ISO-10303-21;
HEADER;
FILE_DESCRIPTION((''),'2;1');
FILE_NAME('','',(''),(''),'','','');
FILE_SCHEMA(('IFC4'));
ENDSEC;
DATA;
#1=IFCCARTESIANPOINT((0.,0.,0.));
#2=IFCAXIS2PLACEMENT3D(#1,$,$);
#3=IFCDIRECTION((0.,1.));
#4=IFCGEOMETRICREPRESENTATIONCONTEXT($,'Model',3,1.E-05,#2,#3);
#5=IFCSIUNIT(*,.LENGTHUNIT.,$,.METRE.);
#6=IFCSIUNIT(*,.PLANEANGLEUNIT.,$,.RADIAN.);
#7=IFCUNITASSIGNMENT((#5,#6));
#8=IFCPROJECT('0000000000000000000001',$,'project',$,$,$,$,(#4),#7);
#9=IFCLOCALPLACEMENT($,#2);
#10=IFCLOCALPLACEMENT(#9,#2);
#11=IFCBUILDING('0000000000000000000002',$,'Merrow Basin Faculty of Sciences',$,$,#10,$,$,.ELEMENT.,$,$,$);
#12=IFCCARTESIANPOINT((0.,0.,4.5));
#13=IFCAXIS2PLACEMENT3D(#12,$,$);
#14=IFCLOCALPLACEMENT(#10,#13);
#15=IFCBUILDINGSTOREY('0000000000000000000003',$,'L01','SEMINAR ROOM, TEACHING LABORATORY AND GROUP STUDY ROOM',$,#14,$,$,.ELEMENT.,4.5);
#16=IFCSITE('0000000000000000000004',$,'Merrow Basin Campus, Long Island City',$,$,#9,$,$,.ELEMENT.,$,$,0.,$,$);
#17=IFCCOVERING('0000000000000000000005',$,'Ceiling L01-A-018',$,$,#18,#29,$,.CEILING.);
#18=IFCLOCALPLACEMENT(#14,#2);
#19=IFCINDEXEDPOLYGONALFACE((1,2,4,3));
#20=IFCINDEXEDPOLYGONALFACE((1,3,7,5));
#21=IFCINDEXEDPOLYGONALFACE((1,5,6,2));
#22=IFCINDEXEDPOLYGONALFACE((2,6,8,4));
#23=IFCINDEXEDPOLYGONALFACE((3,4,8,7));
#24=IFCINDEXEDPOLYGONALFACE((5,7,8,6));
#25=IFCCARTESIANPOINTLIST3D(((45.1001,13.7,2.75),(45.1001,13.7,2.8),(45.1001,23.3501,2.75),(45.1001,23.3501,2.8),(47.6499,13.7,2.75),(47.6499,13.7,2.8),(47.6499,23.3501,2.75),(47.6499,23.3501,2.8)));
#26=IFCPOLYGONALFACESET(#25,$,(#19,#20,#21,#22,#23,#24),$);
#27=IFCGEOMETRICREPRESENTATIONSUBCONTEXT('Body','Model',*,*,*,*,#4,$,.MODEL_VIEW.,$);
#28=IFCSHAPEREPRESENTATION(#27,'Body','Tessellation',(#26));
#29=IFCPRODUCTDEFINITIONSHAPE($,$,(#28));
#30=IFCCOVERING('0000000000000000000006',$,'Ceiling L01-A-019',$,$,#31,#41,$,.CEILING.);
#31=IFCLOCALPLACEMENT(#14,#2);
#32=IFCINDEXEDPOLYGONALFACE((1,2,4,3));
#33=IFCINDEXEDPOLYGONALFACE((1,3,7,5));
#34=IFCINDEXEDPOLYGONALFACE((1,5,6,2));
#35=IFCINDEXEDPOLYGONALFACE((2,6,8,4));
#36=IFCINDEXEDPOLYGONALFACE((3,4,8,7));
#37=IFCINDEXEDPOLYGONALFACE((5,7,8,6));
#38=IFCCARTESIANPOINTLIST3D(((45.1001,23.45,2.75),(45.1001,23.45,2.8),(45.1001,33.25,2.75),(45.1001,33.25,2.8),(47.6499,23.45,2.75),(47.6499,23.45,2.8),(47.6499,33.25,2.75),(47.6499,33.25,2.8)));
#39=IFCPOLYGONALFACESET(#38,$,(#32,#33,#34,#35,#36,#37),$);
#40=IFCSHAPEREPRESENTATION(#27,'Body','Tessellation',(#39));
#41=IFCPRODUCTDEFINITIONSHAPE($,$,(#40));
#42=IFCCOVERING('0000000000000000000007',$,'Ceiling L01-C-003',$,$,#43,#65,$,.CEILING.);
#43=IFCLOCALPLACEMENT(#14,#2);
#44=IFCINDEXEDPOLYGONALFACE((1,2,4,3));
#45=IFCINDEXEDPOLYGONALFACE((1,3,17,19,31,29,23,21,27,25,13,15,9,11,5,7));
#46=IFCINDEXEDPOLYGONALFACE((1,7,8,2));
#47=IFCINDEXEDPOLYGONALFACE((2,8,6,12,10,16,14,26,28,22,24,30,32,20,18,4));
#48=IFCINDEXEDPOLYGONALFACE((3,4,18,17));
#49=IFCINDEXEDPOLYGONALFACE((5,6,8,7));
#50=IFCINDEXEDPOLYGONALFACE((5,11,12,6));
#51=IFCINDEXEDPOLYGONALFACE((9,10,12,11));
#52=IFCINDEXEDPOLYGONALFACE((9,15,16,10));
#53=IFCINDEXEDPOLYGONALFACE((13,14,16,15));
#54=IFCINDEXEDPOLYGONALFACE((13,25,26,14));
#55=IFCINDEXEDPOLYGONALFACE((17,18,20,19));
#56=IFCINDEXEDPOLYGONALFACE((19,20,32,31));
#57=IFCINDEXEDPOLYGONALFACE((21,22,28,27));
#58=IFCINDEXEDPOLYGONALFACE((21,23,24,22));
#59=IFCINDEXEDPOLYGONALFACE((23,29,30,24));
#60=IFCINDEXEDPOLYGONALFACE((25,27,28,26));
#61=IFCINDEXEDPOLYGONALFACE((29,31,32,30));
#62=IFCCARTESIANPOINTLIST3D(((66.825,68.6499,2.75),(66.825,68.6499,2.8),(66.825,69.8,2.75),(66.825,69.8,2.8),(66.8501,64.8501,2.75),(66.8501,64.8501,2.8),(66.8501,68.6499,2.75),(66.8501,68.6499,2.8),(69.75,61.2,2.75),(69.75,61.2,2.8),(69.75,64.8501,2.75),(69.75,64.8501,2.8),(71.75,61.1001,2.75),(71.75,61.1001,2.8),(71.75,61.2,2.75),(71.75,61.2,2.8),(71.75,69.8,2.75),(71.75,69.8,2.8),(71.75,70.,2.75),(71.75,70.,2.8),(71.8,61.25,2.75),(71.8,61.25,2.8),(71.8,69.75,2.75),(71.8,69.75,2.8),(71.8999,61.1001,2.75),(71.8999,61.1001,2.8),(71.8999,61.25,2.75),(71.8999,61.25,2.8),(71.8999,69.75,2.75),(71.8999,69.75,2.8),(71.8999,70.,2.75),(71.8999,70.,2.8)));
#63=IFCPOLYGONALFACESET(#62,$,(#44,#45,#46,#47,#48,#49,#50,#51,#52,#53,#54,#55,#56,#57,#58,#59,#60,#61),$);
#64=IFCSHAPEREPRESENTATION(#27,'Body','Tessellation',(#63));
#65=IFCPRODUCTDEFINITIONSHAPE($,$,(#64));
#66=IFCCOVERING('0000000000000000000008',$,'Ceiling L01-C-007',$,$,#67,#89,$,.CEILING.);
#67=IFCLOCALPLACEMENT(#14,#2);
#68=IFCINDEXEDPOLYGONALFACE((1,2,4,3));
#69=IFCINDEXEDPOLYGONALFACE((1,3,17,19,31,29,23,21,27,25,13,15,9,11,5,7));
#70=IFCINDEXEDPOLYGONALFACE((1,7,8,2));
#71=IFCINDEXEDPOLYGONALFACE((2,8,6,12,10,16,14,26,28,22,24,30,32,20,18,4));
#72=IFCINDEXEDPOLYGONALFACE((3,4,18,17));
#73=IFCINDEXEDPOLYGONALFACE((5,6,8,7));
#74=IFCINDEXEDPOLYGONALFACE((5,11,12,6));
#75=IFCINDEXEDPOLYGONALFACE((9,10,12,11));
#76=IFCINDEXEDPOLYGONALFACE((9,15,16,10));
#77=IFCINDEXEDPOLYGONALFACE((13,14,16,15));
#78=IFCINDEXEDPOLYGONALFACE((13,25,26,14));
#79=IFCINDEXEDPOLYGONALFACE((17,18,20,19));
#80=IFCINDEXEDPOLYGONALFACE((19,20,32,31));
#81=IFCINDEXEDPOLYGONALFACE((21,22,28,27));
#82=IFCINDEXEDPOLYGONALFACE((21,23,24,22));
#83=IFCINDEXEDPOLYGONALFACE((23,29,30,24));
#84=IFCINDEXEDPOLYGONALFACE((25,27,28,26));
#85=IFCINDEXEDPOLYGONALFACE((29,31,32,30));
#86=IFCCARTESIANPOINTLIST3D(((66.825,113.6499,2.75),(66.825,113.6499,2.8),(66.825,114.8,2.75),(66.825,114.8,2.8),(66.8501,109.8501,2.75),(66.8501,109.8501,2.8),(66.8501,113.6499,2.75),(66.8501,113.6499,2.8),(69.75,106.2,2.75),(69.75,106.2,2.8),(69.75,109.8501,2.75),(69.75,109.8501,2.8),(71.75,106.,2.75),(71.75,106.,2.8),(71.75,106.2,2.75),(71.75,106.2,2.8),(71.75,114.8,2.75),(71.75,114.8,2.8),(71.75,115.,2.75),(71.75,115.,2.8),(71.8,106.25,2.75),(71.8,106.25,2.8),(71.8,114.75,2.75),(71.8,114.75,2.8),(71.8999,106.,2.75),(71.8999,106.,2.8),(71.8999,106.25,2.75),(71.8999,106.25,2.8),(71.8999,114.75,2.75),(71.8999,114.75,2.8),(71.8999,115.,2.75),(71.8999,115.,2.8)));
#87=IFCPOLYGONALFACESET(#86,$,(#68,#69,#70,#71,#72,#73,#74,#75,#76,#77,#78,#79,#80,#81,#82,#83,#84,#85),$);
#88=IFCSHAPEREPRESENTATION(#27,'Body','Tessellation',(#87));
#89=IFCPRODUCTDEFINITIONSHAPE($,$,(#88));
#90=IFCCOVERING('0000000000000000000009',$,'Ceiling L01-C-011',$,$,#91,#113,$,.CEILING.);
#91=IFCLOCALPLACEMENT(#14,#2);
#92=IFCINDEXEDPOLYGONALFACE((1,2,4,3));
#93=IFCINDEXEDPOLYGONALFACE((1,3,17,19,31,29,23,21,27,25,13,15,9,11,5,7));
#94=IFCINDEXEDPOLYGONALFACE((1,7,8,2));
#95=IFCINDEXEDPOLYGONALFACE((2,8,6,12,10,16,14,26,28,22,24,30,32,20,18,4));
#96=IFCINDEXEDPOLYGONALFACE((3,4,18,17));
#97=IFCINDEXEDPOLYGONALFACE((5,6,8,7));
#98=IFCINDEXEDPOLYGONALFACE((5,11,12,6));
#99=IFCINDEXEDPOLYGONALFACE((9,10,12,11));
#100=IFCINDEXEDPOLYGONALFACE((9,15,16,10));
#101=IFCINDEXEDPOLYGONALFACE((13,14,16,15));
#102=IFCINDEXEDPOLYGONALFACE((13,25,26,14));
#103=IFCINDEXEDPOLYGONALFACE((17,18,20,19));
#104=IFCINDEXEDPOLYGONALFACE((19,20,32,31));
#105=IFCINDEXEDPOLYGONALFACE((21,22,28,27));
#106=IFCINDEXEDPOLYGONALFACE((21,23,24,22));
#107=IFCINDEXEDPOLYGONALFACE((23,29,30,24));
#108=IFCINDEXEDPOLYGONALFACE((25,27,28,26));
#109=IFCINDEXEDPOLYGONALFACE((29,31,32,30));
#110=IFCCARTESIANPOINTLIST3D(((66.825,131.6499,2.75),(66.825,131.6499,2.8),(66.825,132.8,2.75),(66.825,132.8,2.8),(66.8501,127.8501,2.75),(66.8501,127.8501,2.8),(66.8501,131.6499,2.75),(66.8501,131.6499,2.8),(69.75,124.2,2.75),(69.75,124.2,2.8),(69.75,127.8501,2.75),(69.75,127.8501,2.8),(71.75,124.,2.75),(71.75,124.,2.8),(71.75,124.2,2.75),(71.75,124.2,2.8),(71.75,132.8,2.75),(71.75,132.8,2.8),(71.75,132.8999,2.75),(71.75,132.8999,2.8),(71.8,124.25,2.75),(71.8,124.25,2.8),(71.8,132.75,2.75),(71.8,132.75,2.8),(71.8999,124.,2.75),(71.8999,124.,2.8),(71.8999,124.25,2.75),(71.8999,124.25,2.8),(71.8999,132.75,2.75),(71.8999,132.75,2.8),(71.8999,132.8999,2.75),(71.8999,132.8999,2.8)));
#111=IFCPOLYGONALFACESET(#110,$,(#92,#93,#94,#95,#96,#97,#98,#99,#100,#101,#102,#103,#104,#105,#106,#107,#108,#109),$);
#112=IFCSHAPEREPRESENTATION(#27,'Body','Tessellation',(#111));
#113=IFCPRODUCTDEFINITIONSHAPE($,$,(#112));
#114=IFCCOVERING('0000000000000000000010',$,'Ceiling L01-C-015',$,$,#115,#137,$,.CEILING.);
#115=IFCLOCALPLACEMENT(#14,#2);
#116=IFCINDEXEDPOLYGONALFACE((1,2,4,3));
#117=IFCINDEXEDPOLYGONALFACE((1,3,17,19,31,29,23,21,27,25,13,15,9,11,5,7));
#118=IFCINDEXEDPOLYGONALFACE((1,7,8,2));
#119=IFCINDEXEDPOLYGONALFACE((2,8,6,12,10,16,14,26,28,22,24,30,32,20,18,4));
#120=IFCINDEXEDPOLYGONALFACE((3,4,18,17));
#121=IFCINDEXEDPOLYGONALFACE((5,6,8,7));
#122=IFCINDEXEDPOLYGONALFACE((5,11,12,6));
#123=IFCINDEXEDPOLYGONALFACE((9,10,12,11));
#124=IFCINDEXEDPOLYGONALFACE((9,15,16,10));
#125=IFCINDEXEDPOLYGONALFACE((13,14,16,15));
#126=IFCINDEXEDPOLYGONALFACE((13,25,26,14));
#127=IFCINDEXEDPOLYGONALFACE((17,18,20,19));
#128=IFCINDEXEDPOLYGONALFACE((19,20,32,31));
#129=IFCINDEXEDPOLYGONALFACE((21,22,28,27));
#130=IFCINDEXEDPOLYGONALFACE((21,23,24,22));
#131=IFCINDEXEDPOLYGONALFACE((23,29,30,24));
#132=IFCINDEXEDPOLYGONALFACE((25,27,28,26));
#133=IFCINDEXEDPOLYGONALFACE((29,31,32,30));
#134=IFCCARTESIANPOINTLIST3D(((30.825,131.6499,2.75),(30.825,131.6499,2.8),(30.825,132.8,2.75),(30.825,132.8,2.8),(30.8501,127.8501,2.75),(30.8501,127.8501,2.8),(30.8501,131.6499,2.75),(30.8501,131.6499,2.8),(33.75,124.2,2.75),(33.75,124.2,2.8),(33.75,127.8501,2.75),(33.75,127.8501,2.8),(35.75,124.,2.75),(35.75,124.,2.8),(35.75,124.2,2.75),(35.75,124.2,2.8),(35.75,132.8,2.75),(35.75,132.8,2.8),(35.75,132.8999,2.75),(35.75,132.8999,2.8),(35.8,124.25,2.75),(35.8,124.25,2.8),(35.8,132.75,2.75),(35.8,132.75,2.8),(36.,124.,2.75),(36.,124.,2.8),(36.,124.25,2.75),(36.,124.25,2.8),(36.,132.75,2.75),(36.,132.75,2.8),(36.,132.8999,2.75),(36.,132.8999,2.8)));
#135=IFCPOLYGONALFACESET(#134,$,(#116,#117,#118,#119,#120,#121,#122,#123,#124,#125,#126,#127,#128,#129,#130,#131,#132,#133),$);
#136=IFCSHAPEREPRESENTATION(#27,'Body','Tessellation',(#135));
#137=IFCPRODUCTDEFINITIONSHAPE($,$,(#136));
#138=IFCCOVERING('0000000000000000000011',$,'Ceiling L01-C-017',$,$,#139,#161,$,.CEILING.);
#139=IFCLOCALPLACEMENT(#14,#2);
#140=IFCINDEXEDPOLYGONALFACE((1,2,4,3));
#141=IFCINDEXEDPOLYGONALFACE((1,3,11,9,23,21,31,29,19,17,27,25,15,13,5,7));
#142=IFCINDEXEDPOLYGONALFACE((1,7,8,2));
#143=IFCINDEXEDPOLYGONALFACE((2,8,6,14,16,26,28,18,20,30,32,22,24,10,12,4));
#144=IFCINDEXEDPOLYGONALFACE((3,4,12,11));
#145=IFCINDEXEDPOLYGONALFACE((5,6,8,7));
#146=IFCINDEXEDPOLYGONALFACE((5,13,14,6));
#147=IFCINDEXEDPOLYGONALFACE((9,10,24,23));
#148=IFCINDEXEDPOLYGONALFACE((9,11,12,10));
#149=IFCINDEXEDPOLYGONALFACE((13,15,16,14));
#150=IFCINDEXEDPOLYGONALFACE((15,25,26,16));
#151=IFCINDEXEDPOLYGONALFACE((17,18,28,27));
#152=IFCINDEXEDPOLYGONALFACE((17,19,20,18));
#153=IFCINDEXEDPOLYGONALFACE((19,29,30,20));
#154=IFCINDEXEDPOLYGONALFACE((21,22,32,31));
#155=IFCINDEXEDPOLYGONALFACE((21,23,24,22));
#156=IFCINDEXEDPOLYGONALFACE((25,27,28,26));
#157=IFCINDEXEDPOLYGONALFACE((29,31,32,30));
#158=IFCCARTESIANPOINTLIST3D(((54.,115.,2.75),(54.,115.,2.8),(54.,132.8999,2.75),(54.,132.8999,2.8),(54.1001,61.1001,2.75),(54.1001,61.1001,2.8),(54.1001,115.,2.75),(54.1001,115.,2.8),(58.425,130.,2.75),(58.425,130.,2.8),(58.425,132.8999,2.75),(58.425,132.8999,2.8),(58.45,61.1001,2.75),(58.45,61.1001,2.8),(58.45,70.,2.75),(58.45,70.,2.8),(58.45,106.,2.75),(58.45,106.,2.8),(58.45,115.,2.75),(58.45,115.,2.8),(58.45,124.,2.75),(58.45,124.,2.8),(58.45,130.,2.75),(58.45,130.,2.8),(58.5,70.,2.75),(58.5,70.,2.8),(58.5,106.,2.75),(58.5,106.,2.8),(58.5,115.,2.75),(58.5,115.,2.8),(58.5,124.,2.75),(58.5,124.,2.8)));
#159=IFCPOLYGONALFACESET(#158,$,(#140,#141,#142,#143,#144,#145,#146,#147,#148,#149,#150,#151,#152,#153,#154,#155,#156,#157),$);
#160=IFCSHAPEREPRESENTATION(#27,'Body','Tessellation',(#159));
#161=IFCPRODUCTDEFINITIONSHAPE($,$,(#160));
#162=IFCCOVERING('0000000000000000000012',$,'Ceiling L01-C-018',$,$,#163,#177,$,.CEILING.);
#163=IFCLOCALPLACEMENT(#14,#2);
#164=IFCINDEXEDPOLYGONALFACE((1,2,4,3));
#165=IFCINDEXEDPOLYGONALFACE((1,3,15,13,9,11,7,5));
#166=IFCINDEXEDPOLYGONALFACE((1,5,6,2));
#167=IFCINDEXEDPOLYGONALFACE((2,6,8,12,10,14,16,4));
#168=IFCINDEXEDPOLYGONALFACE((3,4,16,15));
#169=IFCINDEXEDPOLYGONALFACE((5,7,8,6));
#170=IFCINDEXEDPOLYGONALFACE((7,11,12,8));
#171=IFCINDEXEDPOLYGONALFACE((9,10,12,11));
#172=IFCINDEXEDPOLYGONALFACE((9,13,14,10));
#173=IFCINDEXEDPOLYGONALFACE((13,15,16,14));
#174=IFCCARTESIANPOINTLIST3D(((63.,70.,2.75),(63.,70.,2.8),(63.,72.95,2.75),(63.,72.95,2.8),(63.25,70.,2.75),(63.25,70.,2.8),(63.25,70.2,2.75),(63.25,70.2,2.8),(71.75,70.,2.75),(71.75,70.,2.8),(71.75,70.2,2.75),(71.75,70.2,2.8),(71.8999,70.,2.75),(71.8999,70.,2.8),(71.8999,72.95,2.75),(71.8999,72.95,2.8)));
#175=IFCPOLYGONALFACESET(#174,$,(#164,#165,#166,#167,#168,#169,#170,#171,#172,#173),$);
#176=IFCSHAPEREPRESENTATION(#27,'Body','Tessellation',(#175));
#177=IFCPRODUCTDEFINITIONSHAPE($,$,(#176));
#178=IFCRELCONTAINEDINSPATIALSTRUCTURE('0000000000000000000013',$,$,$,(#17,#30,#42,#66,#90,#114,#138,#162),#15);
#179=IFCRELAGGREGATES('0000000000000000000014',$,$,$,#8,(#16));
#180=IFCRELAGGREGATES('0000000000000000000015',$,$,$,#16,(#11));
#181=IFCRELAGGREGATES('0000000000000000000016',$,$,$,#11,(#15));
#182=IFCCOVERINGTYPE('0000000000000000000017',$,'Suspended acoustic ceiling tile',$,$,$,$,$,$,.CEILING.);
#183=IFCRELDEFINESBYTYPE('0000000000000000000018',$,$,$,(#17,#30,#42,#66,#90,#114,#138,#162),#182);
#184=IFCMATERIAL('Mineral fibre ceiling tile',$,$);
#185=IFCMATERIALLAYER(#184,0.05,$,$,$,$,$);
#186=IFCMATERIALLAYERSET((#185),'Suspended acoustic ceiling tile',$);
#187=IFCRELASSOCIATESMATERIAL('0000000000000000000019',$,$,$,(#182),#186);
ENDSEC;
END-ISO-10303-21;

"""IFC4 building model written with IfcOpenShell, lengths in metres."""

from ifc_helpers import new_model, si_unit, direction, frame, origin, place, context, subcontext, project, spatial, polyline, outline, extrude, material, layer, layer_set, type_object, element, save


model = new_model("IFC4")

# Units and contexts
model_context = context("Model", 3, precision=1e-05, world=origin(), true_north=direction((0.0, 1.0)))
body_context = subcontext(model_context, "Body", "Model", "MODEL_VIEW")
ifc_project = project(units=[si_unit("LENGTHUNIT", "METRE"), si_unit("PLANEANGLEUNIT", "RADIAN")], contexts=[model_context])

# Site, building, storey
site_placement = place(None, origin())
site = spatial("IfcSite", under=ifc_project, at=site_placement, Name="Merrow Basin Campus, Long Island City", CompositionType="ELEMENT", RefElevation=0.0)
building_placement = place(site_placement, origin())
building = spatial("IfcBuilding", under=site, at=building_placement, Name="Merrow Basin Faculty of Sciences", CompositionType="ELEMENT")
storey_placement = place(building_placement, frame((0.0, 0.0, 4.5)))
storey = spatial("IfcBuildingStorey", under=building, at=storey_placement, Name="L01", Description="SEMINAR ROOM, TEACHING LABORATORY AND GROUP STUDY ROOM", CompositionType="ELEMENT", Elevation=4.5)

# Coverings
ifc_material_1 = material(Name="Mineral fibre ceiling tile")
ifc_layer_1 = layer(ifc_material_1, 0.05)
ifc_layer_set_1 = layer_set([ifc_layer_1], Name="Suspended acoustic ceiling tile")
covering_type_1 = type_object("IfcCoveringType", Name="Suspended acoustic ceiling tile", PredefinedType="CEILING", material=ifc_layer_set_1)
covering_1_placement = place(storey_placement, frame((0.0, 0.0, 2.75)))
element("IfcCovering", 1, at=covering_1_placement, inside=storey, type_object=covering_type_1, Name="Ceiling L01-A-018", PredefinedType="CEILING", context=body_context, shape_type="SweptSolid", body=[
    extrude(outline(polyline([(45.1001, 23.3501), (47.6499, 23.3501), (47.6499, 13.7), (45.1001, 13.7), (45.1001, 23.3501)])), origin(), (0.0, 0.0, 1.0), 0.05),
])
covering_2_placement = place(storey_placement, frame((0.0, 0.0, 2.75)))
element("IfcCovering", 2, at=covering_2_placement, inside=storey, type_object=covering_type_1, Name="Ceiling L01-A-019", PredefinedType="CEILING", context=body_context, shape_type="SweptSolid", body=[
    extrude(outline(polyline([(47.6499, 23.45), (45.1001, 23.45), (45.1001, 33.25), (47.6499, 33.25), (47.6499, 23.45)])), origin(), (0.0, 0.0, 1.0), 0.05),
])
covering_3_placement = place(storey_placement, frame((0.0, 0.0, 2.75)))
element("IfcCovering", 3, at=covering_3_placement, inside=storey, type_object=covering_type_1, Name="Ceiling L01-C-003", PredefinedType="CEILING", context=body_context, shape_type="SweptSolid", body=[
    extrude(outline(polyline([(71.8999, 70.0), (71.8999, 69.75), (71.8, 69.75), (71.8, 61.25), (71.8999, 61.25), (71.8999, 61.1001), (71.75, 61.1001), (71.75, 61.2), (69.75, 61.2), (69.75, 64.8501), (66.8501, 64.8501), (66.8501, 68.6499), (66.825, 68.6499), (66.825, 69.8), (71.75, 69.8), (71.75, 70.0), (71.8999, 70.0)])), origin(), (0.0, 0.0, 1.0), 0.05),
])
covering_4_placement = place(storey_placement, frame((0.0, 0.0, 2.75)))
element("IfcCovering", 4, at=covering_4_placement, inside=storey, type_object=covering_type_1, Name="Ceiling L01-C-007", PredefinedType="CEILING", context=body_context, shape_type="SweptSolid", body=[
    extrude(outline(polyline([(71.8999, 115.0), (71.8999, 114.75), (71.8, 114.75), (71.8, 106.25), (71.8999, 106.25), (71.8999, 106.0), (71.75, 106.0), (71.75, 106.2), (69.75, 106.2), (69.75, 109.8501), (66.8501, 109.8501), (66.8501, 113.6499), (66.825, 113.6499), (66.825, 114.8), (71.75, 114.8), (71.75, 115.0), (71.8999, 115.0)])), origin(), (0.0, 0.0, 1.0), 0.05),
])
covering_5_placement = place(storey_placement, frame((0.0, 0.0, 2.75)))
element("IfcCovering", 5, at=covering_5_placement, inside=storey, type_object=covering_type_1, Name="Ceiling L01-C-011", PredefinedType="CEILING", context=body_context, shape_type="SweptSolid", body=[
    extrude(outline(polyline([(71.8999, 132.8999), (71.8999, 132.75), (71.8, 132.75), (71.8, 124.25), (71.8999, 124.25), (71.8999, 124.0), (71.75, 124.0), (71.75, 124.2), (69.75, 124.2), (69.75, 127.8501), (66.8501, 127.8501), (66.8501, 131.6499), (66.825, 131.6499), (66.825, 132.8), (71.75, 132.8), (71.75, 132.8999), (71.8999, 132.8999)])), origin(), (0.0, 0.0, 1.0), 0.05),
])
covering_6_placement = place(storey_placement, frame((0.0, 0.0, 2.75)))
element("IfcCovering", 6, at=covering_6_placement, inside=storey, type_object=covering_type_1, Name="Ceiling L01-C-015", PredefinedType="CEILING", context=body_context, shape_type="SweptSolid", body=[
    extrude(outline(polyline([(36.0, 132.8999), (36.0, 132.75), (35.8, 132.75), (35.8, 124.25), (36.0, 124.25), (36.0, 124.0), (35.75, 124.0), (35.75, 124.2), (33.75, 124.2), (33.75, 127.8501), (30.8501, 127.8501), (30.8501, 131.6499), (30.825, 131.6499), (30.825, 132.8), (35.75, 132.8), (35.75, 132.8999), (36.0, 132.8999)])), origin(), (0.0, 0.0, 1.0), 0.05),
])
covering_7_placement = place(storey_placement, frame((0.0, 0.0, 2.75)))
element("IfcCovering", 7, at=covering_7_placement, inside=storey, type_object=covering_type_1, Name="Ceiling L01-C-017", PredefinedType="CEILING", context=body_context, shape_type="SweptSolid", body=[
    extrude(outline(polyline([(54.0, 115.0), (54.0, 132.8999), (58.425, 132.8999), (58.425, 130.0), (58.45, 130.0), (58.45, 124.0), (58.5, 124.0), (58.5, 115.0), (58.45, 115.0), (58.45, 106.0), (58.5, 106.0), (58.5, 70.0), (58.45, 70.0), (58.45, 61.1001), (54.1001, 61.1001), (54.1001, 115.0), (54.0, 115.0)])), origin(), (0.0, 0.0, 1.0), 0.05),
])
covering_8_placement = place(storey_placement, frame((0.0, 0.0, 2.75)))
element("IfcCovering", 8, at=covering_8_placement, inside=storey, type_object=covering_type_1, Name="Ceiling L01-C-018", PredefinedType="CEILING", context=body_context, shape_type="SweptSolid", body=[
    extrude(outline(polyline([(63.0, 72.95), (71.8999, 72.95), (71.8999, 70.0), (71.75, 70.0), (71.75, 70.2), (63.25, 70.2), (63.25, 70.0), (63.0, 70.0), (63.0, 72.95)])), origin(), (0.0, 0.0, 1.0), 0.05),
])

save(model, "model.ifc")
